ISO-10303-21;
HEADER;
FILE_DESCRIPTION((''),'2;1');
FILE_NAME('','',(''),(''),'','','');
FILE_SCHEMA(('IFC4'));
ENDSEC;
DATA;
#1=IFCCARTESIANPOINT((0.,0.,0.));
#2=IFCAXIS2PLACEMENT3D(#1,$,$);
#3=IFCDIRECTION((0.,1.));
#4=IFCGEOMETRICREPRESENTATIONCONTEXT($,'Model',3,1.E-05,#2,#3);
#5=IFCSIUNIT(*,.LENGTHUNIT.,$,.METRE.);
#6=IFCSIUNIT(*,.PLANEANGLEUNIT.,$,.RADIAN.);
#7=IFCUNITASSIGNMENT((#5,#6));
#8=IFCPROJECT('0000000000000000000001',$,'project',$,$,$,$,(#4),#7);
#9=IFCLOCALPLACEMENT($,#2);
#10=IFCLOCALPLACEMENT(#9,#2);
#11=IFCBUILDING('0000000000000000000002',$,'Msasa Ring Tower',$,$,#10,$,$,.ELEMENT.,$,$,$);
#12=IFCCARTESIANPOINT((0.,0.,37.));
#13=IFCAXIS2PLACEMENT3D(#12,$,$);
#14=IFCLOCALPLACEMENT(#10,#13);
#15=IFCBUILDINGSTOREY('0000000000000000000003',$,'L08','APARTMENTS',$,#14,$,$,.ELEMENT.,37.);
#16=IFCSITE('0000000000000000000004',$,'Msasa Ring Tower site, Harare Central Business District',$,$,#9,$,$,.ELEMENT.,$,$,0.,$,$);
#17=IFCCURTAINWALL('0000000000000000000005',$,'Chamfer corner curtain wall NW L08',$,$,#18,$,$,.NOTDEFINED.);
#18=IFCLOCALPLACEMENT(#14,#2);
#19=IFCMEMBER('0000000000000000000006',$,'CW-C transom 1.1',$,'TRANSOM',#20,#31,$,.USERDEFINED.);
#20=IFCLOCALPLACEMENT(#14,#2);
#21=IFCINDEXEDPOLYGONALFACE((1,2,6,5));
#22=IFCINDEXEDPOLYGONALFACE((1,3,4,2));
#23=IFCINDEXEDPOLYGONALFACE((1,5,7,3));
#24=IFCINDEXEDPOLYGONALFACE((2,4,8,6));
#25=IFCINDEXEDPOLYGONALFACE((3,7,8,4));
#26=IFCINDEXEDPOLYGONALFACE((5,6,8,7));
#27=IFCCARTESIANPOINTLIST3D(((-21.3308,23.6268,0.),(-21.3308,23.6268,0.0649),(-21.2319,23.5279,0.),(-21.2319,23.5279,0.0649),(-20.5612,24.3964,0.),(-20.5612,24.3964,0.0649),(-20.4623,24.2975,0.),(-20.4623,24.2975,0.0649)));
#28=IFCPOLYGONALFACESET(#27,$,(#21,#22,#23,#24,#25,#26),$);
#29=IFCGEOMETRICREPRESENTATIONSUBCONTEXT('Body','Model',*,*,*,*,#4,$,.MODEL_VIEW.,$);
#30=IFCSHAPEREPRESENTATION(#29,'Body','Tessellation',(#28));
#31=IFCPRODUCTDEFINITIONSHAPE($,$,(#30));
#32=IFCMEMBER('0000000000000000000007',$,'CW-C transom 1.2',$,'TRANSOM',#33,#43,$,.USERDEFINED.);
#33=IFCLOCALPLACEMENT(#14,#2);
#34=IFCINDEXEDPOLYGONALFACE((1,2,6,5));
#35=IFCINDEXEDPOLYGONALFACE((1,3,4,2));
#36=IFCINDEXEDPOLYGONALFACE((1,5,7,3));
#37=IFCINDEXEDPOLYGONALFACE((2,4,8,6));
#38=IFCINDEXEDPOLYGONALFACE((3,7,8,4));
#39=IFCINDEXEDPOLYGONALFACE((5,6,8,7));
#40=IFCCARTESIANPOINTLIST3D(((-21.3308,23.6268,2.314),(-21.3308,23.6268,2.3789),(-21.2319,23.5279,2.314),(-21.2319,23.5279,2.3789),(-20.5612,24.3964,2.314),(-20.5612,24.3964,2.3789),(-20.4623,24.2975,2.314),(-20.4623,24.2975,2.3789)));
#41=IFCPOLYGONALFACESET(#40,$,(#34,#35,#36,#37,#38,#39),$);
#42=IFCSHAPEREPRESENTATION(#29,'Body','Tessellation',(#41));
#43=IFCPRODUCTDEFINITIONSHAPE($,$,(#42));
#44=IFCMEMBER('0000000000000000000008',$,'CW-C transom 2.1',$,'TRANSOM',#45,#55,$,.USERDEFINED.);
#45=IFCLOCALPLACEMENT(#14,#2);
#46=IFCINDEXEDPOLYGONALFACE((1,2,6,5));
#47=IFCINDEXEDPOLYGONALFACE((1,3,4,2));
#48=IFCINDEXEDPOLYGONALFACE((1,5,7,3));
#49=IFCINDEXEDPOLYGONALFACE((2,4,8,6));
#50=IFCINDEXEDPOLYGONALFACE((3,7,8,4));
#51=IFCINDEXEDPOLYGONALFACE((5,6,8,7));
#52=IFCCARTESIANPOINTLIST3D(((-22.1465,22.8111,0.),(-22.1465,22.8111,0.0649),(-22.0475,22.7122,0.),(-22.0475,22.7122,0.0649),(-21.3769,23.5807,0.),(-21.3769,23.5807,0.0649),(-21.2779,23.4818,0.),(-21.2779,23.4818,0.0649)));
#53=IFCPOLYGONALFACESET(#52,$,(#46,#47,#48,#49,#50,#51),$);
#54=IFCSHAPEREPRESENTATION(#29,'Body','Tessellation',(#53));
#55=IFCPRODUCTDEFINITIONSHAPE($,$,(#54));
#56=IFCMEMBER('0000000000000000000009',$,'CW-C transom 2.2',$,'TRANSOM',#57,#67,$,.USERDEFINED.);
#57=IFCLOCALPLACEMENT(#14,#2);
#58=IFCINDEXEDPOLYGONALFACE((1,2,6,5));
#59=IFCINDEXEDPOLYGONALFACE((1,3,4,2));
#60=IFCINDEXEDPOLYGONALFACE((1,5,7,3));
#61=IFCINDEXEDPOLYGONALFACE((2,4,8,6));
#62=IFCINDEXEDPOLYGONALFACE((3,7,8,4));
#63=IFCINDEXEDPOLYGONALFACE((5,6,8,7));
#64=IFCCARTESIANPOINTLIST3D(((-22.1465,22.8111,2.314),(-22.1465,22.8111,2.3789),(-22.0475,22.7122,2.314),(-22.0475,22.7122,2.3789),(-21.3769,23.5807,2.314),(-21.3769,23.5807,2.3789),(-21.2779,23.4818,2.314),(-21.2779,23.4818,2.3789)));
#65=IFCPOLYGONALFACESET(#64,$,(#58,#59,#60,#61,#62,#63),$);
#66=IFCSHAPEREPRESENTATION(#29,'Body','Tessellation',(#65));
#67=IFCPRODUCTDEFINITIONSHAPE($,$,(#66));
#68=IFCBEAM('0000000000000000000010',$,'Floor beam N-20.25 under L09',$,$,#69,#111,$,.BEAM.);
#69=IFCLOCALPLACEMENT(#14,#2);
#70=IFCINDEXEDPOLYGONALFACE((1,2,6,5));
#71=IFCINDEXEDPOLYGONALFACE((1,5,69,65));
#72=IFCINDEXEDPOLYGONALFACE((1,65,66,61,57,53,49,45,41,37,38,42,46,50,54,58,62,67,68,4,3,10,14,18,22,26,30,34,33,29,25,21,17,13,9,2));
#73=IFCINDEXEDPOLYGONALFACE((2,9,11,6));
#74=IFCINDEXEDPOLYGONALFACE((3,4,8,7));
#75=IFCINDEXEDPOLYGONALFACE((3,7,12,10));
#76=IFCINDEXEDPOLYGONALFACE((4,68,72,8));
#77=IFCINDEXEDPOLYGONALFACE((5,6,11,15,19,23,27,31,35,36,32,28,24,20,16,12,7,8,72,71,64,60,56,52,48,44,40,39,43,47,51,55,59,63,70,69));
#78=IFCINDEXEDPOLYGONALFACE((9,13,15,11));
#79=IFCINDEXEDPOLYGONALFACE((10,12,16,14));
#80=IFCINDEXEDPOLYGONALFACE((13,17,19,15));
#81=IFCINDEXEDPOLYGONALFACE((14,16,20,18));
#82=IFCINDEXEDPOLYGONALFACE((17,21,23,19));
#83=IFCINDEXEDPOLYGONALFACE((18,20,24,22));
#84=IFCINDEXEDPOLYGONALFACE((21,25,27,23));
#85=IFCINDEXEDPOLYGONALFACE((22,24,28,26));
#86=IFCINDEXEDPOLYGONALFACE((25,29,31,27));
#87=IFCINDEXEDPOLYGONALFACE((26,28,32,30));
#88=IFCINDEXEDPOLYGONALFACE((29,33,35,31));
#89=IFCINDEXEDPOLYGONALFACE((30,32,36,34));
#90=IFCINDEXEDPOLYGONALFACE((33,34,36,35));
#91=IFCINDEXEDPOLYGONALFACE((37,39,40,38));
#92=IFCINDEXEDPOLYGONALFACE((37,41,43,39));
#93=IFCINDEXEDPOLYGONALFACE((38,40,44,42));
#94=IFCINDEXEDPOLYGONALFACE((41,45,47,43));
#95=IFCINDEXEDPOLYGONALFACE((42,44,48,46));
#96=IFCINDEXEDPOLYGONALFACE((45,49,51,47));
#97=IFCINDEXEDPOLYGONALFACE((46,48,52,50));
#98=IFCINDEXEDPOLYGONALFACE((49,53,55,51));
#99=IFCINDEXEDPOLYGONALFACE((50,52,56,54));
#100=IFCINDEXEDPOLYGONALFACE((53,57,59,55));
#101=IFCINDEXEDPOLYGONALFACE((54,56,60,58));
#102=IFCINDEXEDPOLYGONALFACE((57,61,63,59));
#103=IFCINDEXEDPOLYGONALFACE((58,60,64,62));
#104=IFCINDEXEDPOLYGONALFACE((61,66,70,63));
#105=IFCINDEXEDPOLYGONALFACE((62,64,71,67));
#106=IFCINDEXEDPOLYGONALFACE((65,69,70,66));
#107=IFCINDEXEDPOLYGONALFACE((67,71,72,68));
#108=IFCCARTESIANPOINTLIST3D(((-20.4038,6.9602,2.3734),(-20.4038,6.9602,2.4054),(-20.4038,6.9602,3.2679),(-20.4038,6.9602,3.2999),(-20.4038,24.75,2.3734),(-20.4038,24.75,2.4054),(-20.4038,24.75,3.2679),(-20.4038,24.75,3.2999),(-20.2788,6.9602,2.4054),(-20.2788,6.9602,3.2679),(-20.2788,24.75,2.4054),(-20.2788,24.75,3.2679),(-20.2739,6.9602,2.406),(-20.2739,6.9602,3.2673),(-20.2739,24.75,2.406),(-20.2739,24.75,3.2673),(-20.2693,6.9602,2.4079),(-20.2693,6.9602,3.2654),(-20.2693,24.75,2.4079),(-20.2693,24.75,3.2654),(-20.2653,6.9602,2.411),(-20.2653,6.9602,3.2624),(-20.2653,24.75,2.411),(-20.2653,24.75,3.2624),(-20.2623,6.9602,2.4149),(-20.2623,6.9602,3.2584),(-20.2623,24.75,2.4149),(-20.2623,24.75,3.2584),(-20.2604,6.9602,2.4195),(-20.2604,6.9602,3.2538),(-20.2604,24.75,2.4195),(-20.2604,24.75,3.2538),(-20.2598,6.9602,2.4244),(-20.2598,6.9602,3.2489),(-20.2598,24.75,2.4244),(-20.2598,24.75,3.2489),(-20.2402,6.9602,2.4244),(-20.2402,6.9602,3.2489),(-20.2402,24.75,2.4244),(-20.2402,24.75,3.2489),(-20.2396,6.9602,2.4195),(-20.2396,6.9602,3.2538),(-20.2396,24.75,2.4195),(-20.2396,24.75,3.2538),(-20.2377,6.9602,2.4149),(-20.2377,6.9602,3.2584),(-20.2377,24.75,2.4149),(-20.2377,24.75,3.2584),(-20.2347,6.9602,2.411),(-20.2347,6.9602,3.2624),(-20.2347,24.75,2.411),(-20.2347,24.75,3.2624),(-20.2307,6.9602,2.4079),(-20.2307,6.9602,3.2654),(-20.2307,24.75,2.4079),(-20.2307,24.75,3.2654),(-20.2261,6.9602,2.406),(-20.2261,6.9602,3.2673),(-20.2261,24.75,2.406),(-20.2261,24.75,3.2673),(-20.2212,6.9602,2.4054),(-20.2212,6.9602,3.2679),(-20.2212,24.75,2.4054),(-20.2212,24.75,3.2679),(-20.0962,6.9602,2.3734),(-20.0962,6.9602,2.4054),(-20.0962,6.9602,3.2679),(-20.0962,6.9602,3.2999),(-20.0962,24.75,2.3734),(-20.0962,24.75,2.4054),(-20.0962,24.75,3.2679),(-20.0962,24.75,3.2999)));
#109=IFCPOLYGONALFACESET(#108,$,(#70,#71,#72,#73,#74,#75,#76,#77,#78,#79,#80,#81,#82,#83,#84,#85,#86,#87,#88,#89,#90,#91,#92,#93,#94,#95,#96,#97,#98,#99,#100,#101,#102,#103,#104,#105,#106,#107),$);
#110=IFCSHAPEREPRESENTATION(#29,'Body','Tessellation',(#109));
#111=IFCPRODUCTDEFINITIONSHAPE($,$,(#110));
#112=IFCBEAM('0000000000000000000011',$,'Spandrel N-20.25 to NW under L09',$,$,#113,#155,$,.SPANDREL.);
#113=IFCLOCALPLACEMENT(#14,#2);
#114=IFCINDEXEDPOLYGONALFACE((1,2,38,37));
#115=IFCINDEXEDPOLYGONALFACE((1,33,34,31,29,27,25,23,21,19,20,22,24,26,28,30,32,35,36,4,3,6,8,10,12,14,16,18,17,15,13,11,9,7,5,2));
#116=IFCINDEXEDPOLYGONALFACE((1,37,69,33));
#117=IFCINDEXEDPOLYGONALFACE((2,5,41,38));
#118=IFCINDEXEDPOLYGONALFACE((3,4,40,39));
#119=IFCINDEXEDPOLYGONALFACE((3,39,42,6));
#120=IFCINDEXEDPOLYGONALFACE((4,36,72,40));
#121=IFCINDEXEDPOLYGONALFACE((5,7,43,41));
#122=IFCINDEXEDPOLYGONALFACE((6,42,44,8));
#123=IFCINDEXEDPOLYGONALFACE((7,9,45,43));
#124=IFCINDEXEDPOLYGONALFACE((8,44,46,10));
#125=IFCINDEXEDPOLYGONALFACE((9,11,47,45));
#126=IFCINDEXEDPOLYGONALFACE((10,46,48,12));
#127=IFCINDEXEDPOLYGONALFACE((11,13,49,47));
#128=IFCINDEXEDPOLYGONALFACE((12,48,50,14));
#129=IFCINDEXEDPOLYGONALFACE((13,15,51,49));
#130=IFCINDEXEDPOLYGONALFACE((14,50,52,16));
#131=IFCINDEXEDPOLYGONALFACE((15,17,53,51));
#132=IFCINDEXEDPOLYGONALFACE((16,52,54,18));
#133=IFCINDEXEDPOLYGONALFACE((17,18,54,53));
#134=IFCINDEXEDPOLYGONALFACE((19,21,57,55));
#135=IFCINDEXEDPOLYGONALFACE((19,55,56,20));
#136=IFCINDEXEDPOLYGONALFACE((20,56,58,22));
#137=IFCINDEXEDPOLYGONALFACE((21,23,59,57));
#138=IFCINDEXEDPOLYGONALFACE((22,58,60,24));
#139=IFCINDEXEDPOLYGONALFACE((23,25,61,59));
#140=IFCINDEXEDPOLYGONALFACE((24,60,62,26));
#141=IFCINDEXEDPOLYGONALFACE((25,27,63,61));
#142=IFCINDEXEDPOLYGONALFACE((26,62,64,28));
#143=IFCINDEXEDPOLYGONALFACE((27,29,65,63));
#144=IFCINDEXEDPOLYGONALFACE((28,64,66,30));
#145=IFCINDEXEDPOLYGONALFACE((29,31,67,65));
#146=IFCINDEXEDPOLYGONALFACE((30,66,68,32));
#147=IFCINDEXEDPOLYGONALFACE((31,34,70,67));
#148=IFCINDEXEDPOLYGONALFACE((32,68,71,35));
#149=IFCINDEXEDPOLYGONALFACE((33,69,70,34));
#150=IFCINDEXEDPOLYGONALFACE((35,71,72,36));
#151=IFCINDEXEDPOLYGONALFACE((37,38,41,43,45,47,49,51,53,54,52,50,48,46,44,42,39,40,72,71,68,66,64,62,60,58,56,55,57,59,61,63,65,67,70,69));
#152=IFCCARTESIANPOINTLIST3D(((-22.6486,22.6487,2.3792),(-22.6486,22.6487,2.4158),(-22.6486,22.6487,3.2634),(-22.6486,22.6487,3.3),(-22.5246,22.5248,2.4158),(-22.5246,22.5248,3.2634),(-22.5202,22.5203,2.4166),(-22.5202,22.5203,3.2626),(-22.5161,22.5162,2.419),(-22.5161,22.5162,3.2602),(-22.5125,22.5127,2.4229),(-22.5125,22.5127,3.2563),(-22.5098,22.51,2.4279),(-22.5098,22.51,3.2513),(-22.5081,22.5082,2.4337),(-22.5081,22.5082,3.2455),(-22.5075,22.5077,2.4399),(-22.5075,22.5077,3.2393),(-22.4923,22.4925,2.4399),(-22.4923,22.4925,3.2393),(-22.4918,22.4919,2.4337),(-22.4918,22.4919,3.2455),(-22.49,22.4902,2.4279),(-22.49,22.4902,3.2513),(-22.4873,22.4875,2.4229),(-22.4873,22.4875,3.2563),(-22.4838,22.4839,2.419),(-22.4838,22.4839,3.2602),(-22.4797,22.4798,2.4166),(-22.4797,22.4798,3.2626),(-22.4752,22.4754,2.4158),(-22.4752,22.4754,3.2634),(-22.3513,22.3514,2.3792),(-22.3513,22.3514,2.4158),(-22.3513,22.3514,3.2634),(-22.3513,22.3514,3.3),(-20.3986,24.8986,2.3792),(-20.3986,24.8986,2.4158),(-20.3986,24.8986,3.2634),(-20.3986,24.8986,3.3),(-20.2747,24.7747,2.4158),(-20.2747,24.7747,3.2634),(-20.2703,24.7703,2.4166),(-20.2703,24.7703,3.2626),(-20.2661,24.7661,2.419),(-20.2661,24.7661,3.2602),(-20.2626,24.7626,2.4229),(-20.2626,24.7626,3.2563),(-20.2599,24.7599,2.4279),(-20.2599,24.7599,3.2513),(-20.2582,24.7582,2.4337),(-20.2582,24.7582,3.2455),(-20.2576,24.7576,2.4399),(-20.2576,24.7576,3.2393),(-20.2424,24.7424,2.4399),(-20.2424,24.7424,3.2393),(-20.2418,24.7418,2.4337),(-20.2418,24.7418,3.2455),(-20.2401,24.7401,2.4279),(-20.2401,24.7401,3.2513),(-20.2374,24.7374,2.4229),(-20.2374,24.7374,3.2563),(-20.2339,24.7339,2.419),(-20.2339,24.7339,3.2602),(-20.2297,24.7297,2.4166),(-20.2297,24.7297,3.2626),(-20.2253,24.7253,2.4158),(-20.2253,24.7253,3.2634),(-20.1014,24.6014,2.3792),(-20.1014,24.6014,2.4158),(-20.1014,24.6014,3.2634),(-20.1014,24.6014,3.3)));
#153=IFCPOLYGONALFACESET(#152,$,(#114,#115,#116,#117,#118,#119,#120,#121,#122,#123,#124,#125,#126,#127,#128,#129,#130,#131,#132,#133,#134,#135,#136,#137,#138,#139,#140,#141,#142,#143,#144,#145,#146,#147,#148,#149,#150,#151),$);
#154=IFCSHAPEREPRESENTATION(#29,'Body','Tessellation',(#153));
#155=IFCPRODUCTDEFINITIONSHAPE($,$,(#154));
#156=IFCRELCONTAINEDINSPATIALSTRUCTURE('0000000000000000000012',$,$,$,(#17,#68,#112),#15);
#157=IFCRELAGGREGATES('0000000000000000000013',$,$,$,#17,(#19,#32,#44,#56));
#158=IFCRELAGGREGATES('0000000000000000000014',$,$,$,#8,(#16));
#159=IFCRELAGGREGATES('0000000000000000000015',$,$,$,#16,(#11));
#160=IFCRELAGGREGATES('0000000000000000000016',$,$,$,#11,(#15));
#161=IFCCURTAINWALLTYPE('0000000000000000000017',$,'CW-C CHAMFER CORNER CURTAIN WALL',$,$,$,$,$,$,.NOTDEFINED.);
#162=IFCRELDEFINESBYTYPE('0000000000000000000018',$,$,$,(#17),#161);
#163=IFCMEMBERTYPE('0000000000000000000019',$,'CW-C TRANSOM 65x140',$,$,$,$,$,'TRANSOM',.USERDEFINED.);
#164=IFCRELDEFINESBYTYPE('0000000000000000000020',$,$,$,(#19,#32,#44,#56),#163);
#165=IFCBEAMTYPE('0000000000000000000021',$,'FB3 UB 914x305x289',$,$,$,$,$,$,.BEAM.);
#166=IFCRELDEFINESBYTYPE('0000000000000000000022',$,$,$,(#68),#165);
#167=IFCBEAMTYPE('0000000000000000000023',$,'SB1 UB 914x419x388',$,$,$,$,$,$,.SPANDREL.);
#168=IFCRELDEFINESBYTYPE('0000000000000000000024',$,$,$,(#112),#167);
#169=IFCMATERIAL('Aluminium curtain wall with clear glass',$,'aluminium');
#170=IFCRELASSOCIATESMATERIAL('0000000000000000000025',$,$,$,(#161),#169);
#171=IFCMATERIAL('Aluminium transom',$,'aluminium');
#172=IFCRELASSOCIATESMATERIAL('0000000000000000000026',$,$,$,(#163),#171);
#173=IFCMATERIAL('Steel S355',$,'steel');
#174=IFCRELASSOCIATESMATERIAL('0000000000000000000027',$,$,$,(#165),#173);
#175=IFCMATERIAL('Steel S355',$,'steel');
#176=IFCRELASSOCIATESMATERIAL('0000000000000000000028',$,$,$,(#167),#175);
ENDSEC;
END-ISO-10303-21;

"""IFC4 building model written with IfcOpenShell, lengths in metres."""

from ifc_helpers import new_model, si_unit, direction, frame, origin, origin_2d, place, context, subcontext, project, spatial, rectangle, i_section, extrude, material, material_profile, profile_set, type_object, element, aggregate, save


model = new_model("IFC4")

# Units and contexts
model_context = context("Model", 3, precision=1e-05, world=origin(), true_north=direction((0.0, 1.0)))
body_context = subcontext(model_context, "Body", "Model", "MODEL_VIEW")
ifc_project = project(units=[si_unit("LENGTHUNIT", "METRE"), si_unit("PLANEANGLEUNIT", "RADIAN")], contexts=[model_context])

# Site, building, storey
site_placement = place(None, origin())
site = spatial("IfcSite", under=ifc_project, at=site_placement, Name="Msasa Ring Tower site, Harare Central Business District", CompositionType="ELEMENT", RefElevation=0.0)
building_placement = place(site_placement, origin())
building = spatial("IfcBuilding", under=site, at=building_placement, Name="Msasa Ring Tower", CompositionType="ELEMENT")
storey_placement = place(building_placement, frame((0.0, 0.0, 37.0)))
storey = spatial("IfcBuildingStorey", under=building, at=storey_placement, Name="L08", Description="APARTMENTS", CompositionType="ELEMENT", Elevation=37.0)

# Curtain wall
ifc_material_1 = material(Name="Aluminium curtain wall with clear glass", Category="aluminium")
curtain_wall_type = type_object("IfcCurtainWallType", Name="CW-C CHAMFER CORNER CURTAIN WALL", PredefinedType="NOTDEFINED", material=ifc_material_1)
curtain_wall_1_placement = place(storey_placement, origin())
curtain_wall_1 = element("IfcCurtainWall", 1, at=curtain_wall_1_placement, inside=storey, type_object=curtain_wall_type, Name="Chamfer corner curtain wall NW L08", PredefinedType="NOTDEFINED")

# Members
ifc_material_2 = material(Name="Aluminium transom", Category="aluminium")
ifc_material_profile_1 = material_profile(ifc_material_2, rectangle(XDim=0.1399, YDim=0.0649, at=origin_2d()), Name="AL 65x140")
ifc_profile_set_1 = profile_set([ifc_material_profile_1], Name="Aluminium transom")
member_type_1 = type_object("IfcMemberType", Name="CW-C TRANSOM 65x140", ElementType="TRANSOM", PredefinedType="USERDEFINED", material=ifc_profile_set_1)
member_1_placement = place(storey_placement, frame((-20.5117, 24.3469, 0.0325), z_axis=(-0.707107, -0.707107, 0.0), x_axis=(0.707107, -0.707107, 0.0)))
member_1 = element("IfcMember", 2, at=member_1_placement, type_object=member_type_1, Name="CW-C transom 1.1", ObjectType="TRANSOM", PredefinedType="USERDEFINED", context=body_context, shape_type="SweptSolid", body=[
    extrude(rectangle(XDim=0.1399, YDim=0.0649, at=origin_2d()), origin(), (0.0, 0.0, 1.0), 1.0884),
])
member_2_placement = place(storey_placement, frame((-20.5117, 24.3469, 2.3464), z_axis=(-0.707107, -0.707107, 0.0), x_axis=(0.707107, -0.707107, 0.0)))
member_2 = element("IfcMember", 3, at=member_2_placement, type_object=member_type_1, Name="CW-C transom 1.2", ObjectType="TRANSOM", PredefinedType="USERDEFINED", context=body_context, shape_type="SweptSolid", body=[
    extrude(rectangle(XDim=0.1399, YDim=0.0649, at=origin_2d()), origin(), (0.0, 0.0, 1.0), 1.0884),
])
member_3_placement = place(storey_placement, frame((-21.3274, 23.5312, 0.0325), z_axis=(-0.707107, -0.707107, 0.0), x_axis=(0.707107, -0.707107, 0.0)))
member_3 = element("IfcMember", 4, at=member_3_placement, type_object=member_type_1, Name="CW-C transom 2.1", ObjectType="TRANSOM", PredefinedType="USERDEFINED", context=body_context, shape_type="SweptSolid", body=[
    extrude(rectangle(XDim=0.1399, YDim=0.0649, at=origin_2d()), origin(), (0.0, 0.0, 1.0), 1.0884),
])
member_4_placement = place(storey_placement, frame((-21.3274, 23.5312, 2.3464), z_axis=(-0.707107, -0.707107, 0.0), x_axis=(0.707107, -0.707107, 0.0)))
member_4 = element("IfcMember", 5, at=member_4_placement, type_object=member_type_1, Name="CW-C transom 2.2", ObjectType="TRANSOM", PredefinedType="USERDEFINED", context=body_context, shape_type="SweptSolid", body=[
    extrude(rectangle(XDim=0.1399, YDim=0.0649, at=origin_2d()), origin(), (0.0, 0.0, 1.0), 1.0884),
])

# Beams
ifc_material_3 = material(Name="Steel S355", Category="steel")
ifc_material_profile_2 = material_profile(ifc_material_3, i_section(OverallWidth=0.3076, OverallDepth=0.9265, WebThickness=0.0195, FlangeThickness=0.032, FilletRadius=0.019, at=origin_2d()), Name="UB 914x305x289")
ifc_profile_set_2 = profile_set([ifc_material_profile_2], Name="Steel S355")
beam_type_1 = type_object("IfcBeamType", Name="FB3 UB 914x305x289", PredefinedType="BEAM", material=ifc_profile_set_2)
beam_placement = place(storey_placement, frame((-20.25, 24.75, 2.8367), z_axis=(0.0, -1.0, 0.0), x_axis=(1.0, 0.0, 0.0)))
element("IfcBeam", 6, at=beam_placement, inside=storey, type_object=beam_type_1, Name="Floor beam N-20.25 under L09", PredefinedType="BEAM", context=body_context, shape_type="SweptSolid", body=[
    extrude(i_section(OverallWidth=0.3076, OverallDepth=0.9265, WebThickness=0.0195, FlangeThickness=0.032, FilletRadius=0.019, at=origin_2d()), origin(), (0.0, 0.0, 1.0), 17.7898),
])
ifc_material_4 = material(Name="Steel S355", Category="steel")
ifc_material_profile_3 = material_profile(ifc_material_4, i_section(OverallWidth=0.4204, OverallDepth=0.9209, WebThickness=0.0215, FlangeThickness=0.0366, FilletRadius=0.0242, at=origin_2d()), Name="UB 914x419x388")
ifc_profile_set_3 = profile_set([ifc_material_profile_3], Name="Steel S355")
beam_type_2 = type_object("IfcBeamType", Name="SB1 UB 914x419x388", PredefinedType="SPANDREL", material=ifc_profile_set_3)
for number, where, z_axis, x_axis, name in (
    (7, (-20.25, 24.75, 2.8396), (-0.707107, -0.707107, 0.0), (0.707107, -0.707107, 0.0), "Spandrel N-20.25 to NW under L09"),
):
    element("IfcBeam", number, at=place(storey_placement, frame(where, z_axis=z_axis, x_axis=x_axis)), inside=storey, type_object=beam_type_2, Name=name, PredefinedType="SPANDREL", context=body_context, shape_type="SweptSolid", body=[
        extrude(i_section(OverallWidth=0.4204, OverallDepth=0.9209, WebThickness=0.0215, FlangeThickness=0.0366, FilletRadius=0.0242, at=origin_2d()), origin(), (0.0, 0.0, 1.0), 3.1819),
    ])

aggregate(curtain_wall_1, [member_1, member_2, member_3, member_4])

save(model, "model.ifc")
